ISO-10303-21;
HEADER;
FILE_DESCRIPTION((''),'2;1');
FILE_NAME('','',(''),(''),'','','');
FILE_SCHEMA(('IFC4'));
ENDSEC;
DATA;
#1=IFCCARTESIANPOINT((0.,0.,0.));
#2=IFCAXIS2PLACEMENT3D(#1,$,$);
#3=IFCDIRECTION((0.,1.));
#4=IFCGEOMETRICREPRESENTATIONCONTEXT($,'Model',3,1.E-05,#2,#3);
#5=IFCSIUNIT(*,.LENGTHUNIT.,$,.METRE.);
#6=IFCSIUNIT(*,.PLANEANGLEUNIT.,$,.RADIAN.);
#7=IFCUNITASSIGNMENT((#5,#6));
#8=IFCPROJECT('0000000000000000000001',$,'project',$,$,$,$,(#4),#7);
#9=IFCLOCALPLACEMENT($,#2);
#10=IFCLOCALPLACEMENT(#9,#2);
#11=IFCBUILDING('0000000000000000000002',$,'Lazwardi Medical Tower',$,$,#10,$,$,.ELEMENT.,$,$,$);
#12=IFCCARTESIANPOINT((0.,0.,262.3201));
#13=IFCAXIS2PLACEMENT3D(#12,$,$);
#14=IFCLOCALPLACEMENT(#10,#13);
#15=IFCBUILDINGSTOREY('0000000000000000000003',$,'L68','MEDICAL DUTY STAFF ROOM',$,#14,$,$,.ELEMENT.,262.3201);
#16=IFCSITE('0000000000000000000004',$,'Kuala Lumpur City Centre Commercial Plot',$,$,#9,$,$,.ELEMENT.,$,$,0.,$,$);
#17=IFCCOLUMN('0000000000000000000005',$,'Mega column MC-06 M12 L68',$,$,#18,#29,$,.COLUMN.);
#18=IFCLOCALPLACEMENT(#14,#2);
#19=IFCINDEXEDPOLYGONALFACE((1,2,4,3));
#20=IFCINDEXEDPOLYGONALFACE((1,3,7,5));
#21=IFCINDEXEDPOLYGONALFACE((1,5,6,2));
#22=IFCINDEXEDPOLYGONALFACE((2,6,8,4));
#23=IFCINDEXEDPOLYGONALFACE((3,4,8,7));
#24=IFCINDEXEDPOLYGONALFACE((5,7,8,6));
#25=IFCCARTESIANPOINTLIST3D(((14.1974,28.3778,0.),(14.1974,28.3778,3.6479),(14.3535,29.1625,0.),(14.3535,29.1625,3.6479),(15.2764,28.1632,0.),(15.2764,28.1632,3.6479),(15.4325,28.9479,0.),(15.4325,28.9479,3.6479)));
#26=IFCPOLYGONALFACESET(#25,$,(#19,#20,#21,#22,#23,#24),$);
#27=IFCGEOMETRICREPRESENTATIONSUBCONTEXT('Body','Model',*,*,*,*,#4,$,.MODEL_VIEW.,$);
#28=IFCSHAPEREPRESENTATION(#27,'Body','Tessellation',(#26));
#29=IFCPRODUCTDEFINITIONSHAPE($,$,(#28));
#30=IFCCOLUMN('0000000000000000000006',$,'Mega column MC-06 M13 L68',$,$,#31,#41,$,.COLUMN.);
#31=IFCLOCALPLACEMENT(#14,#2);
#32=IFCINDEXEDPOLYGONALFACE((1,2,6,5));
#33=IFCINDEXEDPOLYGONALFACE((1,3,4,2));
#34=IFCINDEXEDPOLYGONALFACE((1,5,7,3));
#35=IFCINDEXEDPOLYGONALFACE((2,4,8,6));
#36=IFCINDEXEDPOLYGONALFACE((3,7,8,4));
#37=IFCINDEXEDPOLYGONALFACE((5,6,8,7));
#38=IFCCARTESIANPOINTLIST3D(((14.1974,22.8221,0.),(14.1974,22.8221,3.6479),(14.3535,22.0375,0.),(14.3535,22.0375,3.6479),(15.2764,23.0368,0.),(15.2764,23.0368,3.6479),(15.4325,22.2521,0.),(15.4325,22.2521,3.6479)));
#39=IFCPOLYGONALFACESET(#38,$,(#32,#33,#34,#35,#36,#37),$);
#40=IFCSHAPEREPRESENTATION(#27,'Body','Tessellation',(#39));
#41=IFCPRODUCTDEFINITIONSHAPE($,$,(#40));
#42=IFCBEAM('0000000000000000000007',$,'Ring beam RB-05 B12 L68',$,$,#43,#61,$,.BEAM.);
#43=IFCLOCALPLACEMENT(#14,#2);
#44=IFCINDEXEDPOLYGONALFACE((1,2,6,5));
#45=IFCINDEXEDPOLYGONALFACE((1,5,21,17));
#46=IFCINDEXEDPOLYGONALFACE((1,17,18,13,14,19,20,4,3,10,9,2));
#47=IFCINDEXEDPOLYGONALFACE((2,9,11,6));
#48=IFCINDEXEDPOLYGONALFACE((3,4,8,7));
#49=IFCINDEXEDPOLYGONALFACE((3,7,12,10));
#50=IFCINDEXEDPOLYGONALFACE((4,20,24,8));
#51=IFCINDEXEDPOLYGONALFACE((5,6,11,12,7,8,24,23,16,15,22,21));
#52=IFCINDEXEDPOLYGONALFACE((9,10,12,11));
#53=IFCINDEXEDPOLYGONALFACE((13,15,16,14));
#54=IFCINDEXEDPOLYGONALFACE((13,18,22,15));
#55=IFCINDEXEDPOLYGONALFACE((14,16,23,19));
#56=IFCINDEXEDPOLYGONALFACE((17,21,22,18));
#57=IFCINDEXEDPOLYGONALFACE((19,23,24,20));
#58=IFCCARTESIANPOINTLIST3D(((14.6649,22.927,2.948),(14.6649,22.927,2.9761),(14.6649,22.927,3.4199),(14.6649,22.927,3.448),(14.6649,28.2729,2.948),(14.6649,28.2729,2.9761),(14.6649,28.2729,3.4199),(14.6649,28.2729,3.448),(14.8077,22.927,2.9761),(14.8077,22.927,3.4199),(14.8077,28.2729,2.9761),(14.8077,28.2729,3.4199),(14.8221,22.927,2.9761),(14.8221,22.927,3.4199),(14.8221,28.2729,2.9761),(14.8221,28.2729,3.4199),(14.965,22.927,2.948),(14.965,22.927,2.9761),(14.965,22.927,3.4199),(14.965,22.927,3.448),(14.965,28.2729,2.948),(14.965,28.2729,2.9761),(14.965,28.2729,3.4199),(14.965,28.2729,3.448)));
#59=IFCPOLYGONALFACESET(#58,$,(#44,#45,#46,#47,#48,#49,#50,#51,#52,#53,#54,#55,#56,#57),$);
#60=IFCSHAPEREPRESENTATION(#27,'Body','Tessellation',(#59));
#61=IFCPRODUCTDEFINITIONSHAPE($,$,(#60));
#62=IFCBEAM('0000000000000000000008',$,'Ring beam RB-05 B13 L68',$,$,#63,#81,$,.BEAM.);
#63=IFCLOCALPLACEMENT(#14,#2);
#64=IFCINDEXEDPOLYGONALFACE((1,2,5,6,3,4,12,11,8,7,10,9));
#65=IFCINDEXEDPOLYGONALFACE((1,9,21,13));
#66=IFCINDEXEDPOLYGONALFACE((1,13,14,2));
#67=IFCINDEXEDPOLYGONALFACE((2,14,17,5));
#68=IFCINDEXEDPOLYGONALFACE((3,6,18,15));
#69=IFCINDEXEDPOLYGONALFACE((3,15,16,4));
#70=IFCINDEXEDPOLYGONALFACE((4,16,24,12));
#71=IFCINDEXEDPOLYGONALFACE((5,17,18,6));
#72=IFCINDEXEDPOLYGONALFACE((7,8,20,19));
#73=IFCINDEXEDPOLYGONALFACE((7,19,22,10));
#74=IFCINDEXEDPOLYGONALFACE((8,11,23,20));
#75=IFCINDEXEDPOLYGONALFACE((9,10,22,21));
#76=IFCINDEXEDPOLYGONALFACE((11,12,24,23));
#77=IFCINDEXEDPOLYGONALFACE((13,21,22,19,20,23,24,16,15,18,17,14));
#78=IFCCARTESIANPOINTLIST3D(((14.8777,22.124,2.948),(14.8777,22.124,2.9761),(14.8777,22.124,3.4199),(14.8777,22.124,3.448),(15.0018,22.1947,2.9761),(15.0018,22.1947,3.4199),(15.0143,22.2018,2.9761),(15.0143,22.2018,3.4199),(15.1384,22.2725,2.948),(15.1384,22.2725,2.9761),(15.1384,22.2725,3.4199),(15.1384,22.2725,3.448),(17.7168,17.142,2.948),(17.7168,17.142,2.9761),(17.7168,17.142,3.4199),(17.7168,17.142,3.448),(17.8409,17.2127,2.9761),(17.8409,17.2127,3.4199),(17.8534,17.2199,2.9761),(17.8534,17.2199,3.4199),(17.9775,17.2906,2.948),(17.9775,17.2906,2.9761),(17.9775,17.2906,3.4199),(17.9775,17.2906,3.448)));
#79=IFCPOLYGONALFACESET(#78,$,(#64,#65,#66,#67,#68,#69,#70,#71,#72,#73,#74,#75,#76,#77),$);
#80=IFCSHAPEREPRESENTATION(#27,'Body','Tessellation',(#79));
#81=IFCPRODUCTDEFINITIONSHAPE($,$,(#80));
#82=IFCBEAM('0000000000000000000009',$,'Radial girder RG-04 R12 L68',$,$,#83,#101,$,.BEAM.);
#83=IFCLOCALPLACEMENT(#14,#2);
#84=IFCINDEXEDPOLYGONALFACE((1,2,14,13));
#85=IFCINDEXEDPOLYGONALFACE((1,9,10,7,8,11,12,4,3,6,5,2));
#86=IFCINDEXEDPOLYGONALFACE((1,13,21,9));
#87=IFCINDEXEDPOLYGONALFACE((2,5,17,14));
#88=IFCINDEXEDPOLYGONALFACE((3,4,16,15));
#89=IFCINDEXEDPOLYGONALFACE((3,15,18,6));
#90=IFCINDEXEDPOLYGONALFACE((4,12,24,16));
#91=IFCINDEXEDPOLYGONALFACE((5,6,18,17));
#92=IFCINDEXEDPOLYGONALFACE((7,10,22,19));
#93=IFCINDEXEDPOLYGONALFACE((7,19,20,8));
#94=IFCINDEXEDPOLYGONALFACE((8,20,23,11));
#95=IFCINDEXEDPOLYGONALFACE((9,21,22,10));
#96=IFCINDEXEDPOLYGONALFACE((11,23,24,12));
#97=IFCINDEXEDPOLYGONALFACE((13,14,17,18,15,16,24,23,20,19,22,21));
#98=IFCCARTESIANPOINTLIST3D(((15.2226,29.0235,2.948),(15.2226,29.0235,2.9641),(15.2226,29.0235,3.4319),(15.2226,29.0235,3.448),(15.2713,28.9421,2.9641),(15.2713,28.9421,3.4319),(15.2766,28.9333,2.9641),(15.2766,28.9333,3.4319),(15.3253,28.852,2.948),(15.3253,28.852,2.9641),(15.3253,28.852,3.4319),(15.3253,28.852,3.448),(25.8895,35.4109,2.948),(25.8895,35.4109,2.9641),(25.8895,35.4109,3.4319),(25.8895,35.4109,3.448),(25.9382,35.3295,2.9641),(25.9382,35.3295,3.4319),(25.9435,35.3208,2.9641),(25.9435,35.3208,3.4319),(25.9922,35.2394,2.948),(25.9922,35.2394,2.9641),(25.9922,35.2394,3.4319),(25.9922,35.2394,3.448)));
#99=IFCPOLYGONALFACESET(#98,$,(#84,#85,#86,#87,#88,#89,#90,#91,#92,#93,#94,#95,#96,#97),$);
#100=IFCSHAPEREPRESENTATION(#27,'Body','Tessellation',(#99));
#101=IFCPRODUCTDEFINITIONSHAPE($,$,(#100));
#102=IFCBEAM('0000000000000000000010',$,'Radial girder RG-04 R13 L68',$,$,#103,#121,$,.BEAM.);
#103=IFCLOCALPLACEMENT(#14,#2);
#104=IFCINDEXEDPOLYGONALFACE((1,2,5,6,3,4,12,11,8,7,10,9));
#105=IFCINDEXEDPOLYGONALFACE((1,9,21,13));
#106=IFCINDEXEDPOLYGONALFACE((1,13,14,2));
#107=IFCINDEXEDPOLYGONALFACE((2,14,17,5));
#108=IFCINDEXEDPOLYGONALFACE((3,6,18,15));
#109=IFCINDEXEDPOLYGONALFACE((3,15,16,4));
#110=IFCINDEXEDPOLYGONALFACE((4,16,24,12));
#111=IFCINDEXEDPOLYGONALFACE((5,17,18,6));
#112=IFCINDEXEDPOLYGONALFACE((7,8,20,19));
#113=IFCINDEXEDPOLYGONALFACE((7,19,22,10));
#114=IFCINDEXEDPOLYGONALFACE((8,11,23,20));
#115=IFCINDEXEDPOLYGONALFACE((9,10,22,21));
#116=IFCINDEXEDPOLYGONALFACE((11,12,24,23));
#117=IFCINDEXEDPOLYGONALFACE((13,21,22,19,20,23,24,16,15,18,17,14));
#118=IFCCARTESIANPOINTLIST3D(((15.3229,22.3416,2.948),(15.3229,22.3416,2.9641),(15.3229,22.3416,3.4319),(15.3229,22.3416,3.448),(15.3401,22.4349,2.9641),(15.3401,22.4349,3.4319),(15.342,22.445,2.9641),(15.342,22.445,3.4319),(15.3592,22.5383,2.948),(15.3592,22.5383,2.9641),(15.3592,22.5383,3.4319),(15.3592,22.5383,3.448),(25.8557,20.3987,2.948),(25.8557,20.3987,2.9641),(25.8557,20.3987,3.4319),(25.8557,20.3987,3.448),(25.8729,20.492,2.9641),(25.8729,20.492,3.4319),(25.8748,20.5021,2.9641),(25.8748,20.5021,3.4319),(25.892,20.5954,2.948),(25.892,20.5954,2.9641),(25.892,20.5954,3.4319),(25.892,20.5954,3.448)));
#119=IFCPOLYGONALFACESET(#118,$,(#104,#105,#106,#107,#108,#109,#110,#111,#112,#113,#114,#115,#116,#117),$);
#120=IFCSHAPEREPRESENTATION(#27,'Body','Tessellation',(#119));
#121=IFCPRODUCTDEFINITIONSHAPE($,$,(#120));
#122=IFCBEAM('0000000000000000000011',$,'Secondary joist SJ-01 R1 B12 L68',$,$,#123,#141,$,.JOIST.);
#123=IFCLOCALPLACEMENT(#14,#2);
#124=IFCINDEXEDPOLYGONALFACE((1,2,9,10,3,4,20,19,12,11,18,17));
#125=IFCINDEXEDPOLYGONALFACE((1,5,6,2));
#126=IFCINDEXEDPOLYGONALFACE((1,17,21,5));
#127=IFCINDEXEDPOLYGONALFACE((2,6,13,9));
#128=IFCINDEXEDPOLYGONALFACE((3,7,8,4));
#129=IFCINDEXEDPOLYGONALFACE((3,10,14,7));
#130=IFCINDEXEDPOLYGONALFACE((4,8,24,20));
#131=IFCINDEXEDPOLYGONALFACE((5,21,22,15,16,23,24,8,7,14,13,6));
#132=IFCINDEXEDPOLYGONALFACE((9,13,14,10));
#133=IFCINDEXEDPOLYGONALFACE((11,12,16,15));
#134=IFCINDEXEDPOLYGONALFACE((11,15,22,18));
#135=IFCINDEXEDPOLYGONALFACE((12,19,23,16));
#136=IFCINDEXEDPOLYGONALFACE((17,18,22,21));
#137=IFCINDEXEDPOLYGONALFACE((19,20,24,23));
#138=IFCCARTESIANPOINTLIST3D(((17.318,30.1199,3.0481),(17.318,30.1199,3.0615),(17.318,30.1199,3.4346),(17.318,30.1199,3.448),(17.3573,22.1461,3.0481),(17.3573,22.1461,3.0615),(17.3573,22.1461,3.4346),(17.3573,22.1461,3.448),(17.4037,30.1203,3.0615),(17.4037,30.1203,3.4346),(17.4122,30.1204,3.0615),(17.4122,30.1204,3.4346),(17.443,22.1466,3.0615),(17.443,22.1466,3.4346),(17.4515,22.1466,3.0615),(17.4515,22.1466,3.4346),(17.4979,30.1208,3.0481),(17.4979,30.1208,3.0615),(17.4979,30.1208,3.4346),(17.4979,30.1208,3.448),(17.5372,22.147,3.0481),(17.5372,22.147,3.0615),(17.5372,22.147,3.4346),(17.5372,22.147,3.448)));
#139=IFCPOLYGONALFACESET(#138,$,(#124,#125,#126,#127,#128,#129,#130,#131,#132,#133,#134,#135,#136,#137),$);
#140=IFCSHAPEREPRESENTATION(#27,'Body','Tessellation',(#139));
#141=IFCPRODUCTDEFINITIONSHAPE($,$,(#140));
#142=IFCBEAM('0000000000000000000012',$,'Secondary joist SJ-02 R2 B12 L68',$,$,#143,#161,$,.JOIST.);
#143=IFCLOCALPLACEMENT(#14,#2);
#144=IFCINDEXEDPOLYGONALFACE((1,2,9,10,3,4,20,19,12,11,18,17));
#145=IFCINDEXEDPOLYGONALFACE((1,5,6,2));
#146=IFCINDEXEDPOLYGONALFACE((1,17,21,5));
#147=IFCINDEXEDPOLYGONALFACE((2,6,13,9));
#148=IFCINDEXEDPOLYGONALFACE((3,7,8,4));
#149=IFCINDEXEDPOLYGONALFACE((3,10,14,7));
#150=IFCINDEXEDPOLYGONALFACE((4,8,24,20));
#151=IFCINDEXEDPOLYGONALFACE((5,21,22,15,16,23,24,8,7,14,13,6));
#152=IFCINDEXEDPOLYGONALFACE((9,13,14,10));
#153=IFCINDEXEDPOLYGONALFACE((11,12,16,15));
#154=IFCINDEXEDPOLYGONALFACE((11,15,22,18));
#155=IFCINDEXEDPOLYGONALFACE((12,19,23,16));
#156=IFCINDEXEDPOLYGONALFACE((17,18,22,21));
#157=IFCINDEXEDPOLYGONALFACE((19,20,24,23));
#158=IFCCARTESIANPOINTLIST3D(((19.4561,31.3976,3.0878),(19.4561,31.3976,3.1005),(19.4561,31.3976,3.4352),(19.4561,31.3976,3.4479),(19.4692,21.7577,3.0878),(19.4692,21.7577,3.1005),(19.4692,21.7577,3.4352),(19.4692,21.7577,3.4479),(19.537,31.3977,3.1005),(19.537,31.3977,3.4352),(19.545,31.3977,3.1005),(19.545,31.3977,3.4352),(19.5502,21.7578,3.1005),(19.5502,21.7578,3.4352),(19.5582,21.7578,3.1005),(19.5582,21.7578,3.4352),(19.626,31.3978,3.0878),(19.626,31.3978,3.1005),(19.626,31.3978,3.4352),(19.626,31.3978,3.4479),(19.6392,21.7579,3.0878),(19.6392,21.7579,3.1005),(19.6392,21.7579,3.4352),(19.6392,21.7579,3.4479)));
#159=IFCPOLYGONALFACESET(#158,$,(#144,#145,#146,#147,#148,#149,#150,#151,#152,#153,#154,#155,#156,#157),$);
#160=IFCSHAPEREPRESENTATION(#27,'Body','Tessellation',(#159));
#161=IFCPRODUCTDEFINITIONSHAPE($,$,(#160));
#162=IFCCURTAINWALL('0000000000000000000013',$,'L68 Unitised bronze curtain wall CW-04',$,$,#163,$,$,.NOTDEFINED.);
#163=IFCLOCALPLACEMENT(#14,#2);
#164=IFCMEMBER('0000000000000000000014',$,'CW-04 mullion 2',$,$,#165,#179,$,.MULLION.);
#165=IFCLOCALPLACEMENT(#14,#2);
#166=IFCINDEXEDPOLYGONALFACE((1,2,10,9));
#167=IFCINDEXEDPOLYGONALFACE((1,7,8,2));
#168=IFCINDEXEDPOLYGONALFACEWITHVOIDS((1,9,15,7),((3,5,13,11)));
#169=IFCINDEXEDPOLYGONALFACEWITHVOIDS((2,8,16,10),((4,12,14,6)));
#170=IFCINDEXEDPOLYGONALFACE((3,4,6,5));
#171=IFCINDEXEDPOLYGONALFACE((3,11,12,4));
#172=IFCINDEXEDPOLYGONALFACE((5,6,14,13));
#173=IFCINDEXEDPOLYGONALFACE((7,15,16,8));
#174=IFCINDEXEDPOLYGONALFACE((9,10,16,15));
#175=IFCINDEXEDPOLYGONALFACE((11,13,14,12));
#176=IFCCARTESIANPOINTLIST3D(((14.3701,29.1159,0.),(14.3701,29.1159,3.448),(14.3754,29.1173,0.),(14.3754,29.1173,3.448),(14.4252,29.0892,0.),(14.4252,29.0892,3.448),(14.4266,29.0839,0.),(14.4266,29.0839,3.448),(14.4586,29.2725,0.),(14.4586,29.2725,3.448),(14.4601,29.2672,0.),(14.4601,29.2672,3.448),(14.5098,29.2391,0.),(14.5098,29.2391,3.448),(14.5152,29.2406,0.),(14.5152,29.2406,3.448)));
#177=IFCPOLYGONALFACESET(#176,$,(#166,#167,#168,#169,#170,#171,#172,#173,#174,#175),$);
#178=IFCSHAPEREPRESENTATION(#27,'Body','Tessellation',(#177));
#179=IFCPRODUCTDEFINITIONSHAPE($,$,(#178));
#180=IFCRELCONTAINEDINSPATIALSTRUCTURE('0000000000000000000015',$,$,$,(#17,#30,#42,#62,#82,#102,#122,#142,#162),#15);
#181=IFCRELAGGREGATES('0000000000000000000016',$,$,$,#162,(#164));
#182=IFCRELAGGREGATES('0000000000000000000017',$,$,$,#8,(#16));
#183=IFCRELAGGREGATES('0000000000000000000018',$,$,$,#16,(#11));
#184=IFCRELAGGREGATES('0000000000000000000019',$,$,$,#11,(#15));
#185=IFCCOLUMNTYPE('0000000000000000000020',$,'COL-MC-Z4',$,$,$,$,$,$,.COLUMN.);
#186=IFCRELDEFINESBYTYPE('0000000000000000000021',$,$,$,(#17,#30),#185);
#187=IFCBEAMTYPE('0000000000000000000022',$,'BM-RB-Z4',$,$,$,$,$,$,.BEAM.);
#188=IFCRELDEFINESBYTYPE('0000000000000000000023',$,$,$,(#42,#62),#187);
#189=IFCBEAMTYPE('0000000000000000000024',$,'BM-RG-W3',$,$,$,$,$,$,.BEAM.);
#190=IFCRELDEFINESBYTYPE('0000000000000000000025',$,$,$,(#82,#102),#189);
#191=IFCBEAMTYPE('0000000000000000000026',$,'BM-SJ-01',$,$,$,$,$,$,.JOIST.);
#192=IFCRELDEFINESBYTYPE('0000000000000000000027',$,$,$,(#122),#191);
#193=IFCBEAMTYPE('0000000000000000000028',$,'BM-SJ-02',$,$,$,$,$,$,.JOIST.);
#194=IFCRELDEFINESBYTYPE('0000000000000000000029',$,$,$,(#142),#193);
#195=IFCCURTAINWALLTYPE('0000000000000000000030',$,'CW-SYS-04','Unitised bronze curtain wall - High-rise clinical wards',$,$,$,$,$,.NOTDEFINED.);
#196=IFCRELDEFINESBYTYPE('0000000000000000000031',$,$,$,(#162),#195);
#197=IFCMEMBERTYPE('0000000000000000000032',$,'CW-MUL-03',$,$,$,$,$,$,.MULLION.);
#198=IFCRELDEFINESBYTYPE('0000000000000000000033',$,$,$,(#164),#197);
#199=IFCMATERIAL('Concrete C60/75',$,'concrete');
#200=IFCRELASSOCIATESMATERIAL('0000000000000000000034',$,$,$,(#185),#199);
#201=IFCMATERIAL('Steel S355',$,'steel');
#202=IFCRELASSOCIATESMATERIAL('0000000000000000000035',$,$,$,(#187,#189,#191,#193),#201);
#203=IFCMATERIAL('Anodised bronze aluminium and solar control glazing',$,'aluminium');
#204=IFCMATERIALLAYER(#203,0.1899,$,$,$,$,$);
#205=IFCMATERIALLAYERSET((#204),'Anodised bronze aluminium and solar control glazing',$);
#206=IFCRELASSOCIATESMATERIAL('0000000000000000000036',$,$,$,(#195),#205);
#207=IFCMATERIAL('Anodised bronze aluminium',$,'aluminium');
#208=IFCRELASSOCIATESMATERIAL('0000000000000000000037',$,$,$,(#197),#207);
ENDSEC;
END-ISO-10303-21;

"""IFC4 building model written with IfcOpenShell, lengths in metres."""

from ifc_helpers import new_model, si_unit, direction, frame, origin, origin_2d, place, context, subcontext, project, spatial, rectangle, hollow_rectangle, i_section, extrude, material, layer, layer_set, material_profile, profile_set, type_object, element, aggregate, save


model = new_model("IFC4")

# Units and contexts
model_context = context("Model", 3, precision=1e-05, world=origin(), true_north=direction((0.0, 1.0)))
body_context = subcontext(model_context, "Body", "Model", "MODEL_VIEW")
ifc_project = project(units=[si_unit("LENGTHUNIT", "METRE"), si_unit("PLANEANGLEUNIT", "RADIAN")], contexts=[model_context])

# Site, building, storey
site_placement = place(None, origin())
site = spatial("IfcSite", under=ifc_project, at=site_placement, Name="Kuala Lumpur City Centre Commercial Plot", CompositionType="ELEMENT", RefElevation=0.0)
building_placement = place(site_placement, origin())
building = spatial("IfcBuilding", under=site, at=building_placement, Name="Lazwardi Medical Tower", CompositionType="ELEMENT")
storey_placement = place(building_placement, frame((0.0, 0.0, 262.3201)))
storey = spatial("IfcBuildingStorey", under=building, at=storey_placement, Name="L68", Description="MEDICAL DUTY STAFF ROOM", CompositionType="ELEMENT", Elevation=262.3201)

# Columns
ifc_material_1 = material(Name="Concrete C60/75", Category="concrete")
ifc_material_profile_1 = material_profile(ifc_material_1, rectangle(XDim=1.1001, YDim=0.8, at=origin_2d()), Name="CFT-RECT 1100x800")
ifc_profile_set_1 = profile_set([ifc_material_profile_1], Name="Concrete C60/75")
column_type = type_object("IfcColumnType", Name="COL-MC-Z4", PredefinedType="COLUMN", material=ifc_profile_set_1)
for number, where, z_axis, x_axis, name in (
    (1, (14.8149, 28.6628, 0.0), (0.0, 0.0, 1.0), (-0.980785, 0.19509, 0.0), "Mega column MC-06 M12 L68"),
    (2, (14.8149, 22.5371, 0.0), (0.0, 0.0, 1.0), (-0.980785, -0.19509, 0.0), "Mega column MC-06 M13 L68"),
):
    element("IfcColumn", number, at=place(storey_placement, frame(where, z_axis=z_axis, x_axis=x_axis)), inside=storey, type_object=column_type, Name=name, PredefinedType="COLUMN", context=body_context, shape_type="SweptSolid", body=[
        extrude(rectangle(XDim=1.1001, YDim=0.8, at=origin_2d()), origin(), (0.0, 0.0, 1.0), 3.6479),
    ])

# Beams
ifc_material_2 = material(Name="Steel S355", Category="steel")
ifc_material_profile_2 = material_profile(ifc_material_2, i_section(OverallWidth=0.3, OverallDepth=0.5, WebThickness=0.0144, FlangeThickness=0.0281, at=origin_2d()), Name="HEB 500")
ifc_profile_set_2 = profile_set([ifc_material_profile_2], Name="Steel S355")
beam_type_1 = type_object("IfcBeamType", Name="BM-RB-Z4", PredefinedType="BEAM", material=ifc_profile_set_2)
beam_1_placement = place(storey_placement, frame((14.8149, 28.2729, 3.198), z_axis=(0.0, -1.0, 0.0), x_axis=(1.0, 0.0, 0.0)))
element("IfcBeam", 3, at=beam_1_placement, inside=storey, type_object=beam_type_1, Name="Ring beam RB-05 B12 L68", PredefinedType="BEAM", context=body_context, shape_type="SweptSolid", body=[
    extrude(i_section(OverallWidth=0.3, OverallDepth=0.5, WebThickness=0.0144, FlangeThickness=0.0281, at=origin_2d()), origin(), (0.0, 0.0, 1.0), 5.3459),
])
beam_2_placement = place(storey_placement, frame((15.0081, 22.1982, 3.198), z_axis=(0.495125, -0.868822, 0.0), x_axis=(0.868822, 0.495125, 0.0)))
element("IfcBeam", 4, at=beam_2_placement, inside=storey, type_object=beam_type_1, Name="Ring beam RB-05 B13 L68", PredefinedType="BEAM", context=body_context, shape_type="SweptSolid", body=[
    extrude(i_section(OverallWidth=0.3, OverallDepth=0.5, WebThickness=0.0144, FlangeThickness=0.0281, at=origin_2d()), origin(), (0.0, 0.0, 1.0), 5.7341),
])
ifc_material_profile_3 = material_profile(ifc_material_2, i_section(OverallWidth=0.2, OverallDepth=0.5, WebThickness=0.0103, FlangeThickness=0.0161, at=origin_2d()), Name="IPE 500")
ifc_profile_set_3 = profile_set([ifc_material_profile_3], Name="Steel S355")
beam_type_2 = type_object("IfcBeamType", Name="BM-RG-W3", PredefinedType="BEAM", material=ifc_profile_set_3)
beam_3_placement = place(storey_placement, frame((15.2739, 28.9377, 3.198), z_axis=(0.857945, 0.513742, 0.0), x_axis=(-0.513742, 0.857945, 0.0)))
element("IfcBeam", 5, at=beam_3_placement, inside=storey, type_object=beam_type_2, Name="Radial girder RG-04 R12 L68", PredefinedType="BEAM", context=body_context, shape_type="SweptSolid", body=[
    extrude(i_section(OverallWidth=0.2, OverallDepth=0.5, WebThickness=0.0103, FlangeThickness=0.0161, at=origin_2d()), origin(), (0.0, 0.0, 1.0), 12.4331),
])
beam_4_placement = place(storey_placement, frame((15.3411, 22.4399, 3.198), z_axis=(0.983409, -0.1814, 0.0), x_axis=(0.1814, 0.983409, 0.0)))
element("IfcBeam", 6, at=beam_4_placement, inside=storey, type_object=beam_type_2, Name="Radial girder RG-04 R13 L68", PredefinedType="BEAM", context=body_context, shape_type="SweptSolid", body=[
    extrude(i_section(OverallWidth=0.2, OverallDepth=0.5, WebThickness=0.0103, FlangeThickness=0.0161, at=origin_2d()), origin(), (0.0, 0.0, 1.0), 10.7104),
])
ifc_material_profile_4 = material_profile(ifc_material_2, i_section(OverallWidth=0.1799, OverallDepth=0.3999, WebThickness=0.0085, FlangeThickness=0.0134, at=origin_2d()), Name="IPE 400")
ifc_profile_set_4 = profile_set([ifc_material_profile_4], Name="Steel S355")
beam_type_3 = type_object("IfcBeamType", Name="BM-SJ-01", PredefinedType="JOIST", material=ifc_profile_set_4)
beam_5_placement = place(storey_placement, frame((17.408, 30.1204, 3.248), z_axis=(0.004929, -0.999988, 0.0), x_axis=(0.999988, 0.004929, 0.0)))
element("IfcBeam", 7, at=beam_5_placement, inside=storey, type_object=beam_type_3, Name="Secondary joist SJ-01 R1 B12 L68", PredefinedType="JOIST", context=body_context, shape_type="SweptSolid", body=[
    extrude(i_section(OverallWidth=0.1799, OverallDepth=0.3999, WebThickness=0.0085, FlangeThickness=0.0134, at=origin_2d()), origin(), (0.0, 0.0, 1.0), 7.9739),
])
ifc_material_profile_5 = material_profile(ifc_material_2, i_section(OverallWidth=0.1699, OverallDepth=0.3601, WebThickness=0.0081, FlangeThickness=0.0127, at=origin_2d()), Name="IPE 360")
ifc_profile_set_5 = profile_set([ifc_material_profile_5], Name="Steel S355")
beam_type_4 = type_object("IfcBeamType", Name="BM-SJ-02", PredefinedType="JOIST", material=ifc_profile_set_5)
beam_6_placement = place(storey_placement, frame((19.541, 31.3977, 3.2678), z_axis=(0.001368, -0.999999, 0.0), x_axis=(0.999999, 0.001368, 0.0)))
element("IfcBeam", 8, at=beam_6_placement, inside=storey, type_object=beam_type_4, Name="Secondary joist SJ-02 R2 B12 L68", PredefinedType="JOIST", context=body_context, shape_type="SweptSolid", body=[
    extrude(i_section(OverallWidth=0.1699, OverallDepth=0.3601, WebThickness=0.0081, FlangeThickness=0.0127, at=origin_2d()), origin(), (0.0, 0.0, 1.0), 9.6399),
])

# Curtain wall, member
ifc_material_3 = material(Name="Anodised bronze aluminium and solar control glazing", Category="aluminium")
ifc_layer_1 = layer(ifc_material_3, 0.1899)
ifc_layer_set_1 = layer_set([ifc_layer_1], Name="Anodised bronze aluminium and solar control glazing")
curtain_wall_type = type_object("IfcCurtainWallType", Name="CW-SYS-04", Description="Unitised bronze curtain wall - High-rise clinical wards", PredefinedType="NOTDEFINED", material=ifc_layer_set_1)
curtain_wall_1_placement = place(storey_placement, origin())
curtain_wall_1 = element("IfcCurtainWall", 9, at=curtain_wall_1_placement, inside=storey, type_object=curtain_wall_type, Name="L68 Unitised bronze curtain wall CW-04", PredefinedType="NOTDEFINED")
ifc_material_4 = material(Name="Anodised bronze aluminium", Category="aluminium")
ifc_material_profile_6 = material_profile(ifc_material_4, hollow_rectangle(XDim=0.0649, YDim=0.1799, WallThickness=0.0039, at=origin_2d()), Name="ALU-MULLION 180x65x4")
ifc_profile_set_6 = profile_set([ifc_material_profile_6], Name="Anodised bronze aluminium")
member_type_1 = type_object("IfcMemberType", Name="CW-MUL-03", PredefinedType="MULLION", material=ifc_profile_set_6)
member_1_placement = place(storey_placement, frame((14.4426, 29.1782, 0.0), z_axis=(0.0, 0.0, 1.0), x_axis=(0.870651, -0.4919, 0.0)))
member_1 = element("IfcMember", 10, at=member_1_placement, type_object=member_type_1, Name="CW-04 mullion 2", PredefinedType="MULLION", context=body_context, shape_type="SweptSolid", body=[
    extrude(hollow_rectangle(XDim=0.0649, YDim=0.1799, WallThickness=0.0039, at=origin_2d()), origin(), (0.0, 0.0, 1.0), 3.448),
])

aggregate(curtain_wall_1, [member_1])

save(model, "model.ifc")
